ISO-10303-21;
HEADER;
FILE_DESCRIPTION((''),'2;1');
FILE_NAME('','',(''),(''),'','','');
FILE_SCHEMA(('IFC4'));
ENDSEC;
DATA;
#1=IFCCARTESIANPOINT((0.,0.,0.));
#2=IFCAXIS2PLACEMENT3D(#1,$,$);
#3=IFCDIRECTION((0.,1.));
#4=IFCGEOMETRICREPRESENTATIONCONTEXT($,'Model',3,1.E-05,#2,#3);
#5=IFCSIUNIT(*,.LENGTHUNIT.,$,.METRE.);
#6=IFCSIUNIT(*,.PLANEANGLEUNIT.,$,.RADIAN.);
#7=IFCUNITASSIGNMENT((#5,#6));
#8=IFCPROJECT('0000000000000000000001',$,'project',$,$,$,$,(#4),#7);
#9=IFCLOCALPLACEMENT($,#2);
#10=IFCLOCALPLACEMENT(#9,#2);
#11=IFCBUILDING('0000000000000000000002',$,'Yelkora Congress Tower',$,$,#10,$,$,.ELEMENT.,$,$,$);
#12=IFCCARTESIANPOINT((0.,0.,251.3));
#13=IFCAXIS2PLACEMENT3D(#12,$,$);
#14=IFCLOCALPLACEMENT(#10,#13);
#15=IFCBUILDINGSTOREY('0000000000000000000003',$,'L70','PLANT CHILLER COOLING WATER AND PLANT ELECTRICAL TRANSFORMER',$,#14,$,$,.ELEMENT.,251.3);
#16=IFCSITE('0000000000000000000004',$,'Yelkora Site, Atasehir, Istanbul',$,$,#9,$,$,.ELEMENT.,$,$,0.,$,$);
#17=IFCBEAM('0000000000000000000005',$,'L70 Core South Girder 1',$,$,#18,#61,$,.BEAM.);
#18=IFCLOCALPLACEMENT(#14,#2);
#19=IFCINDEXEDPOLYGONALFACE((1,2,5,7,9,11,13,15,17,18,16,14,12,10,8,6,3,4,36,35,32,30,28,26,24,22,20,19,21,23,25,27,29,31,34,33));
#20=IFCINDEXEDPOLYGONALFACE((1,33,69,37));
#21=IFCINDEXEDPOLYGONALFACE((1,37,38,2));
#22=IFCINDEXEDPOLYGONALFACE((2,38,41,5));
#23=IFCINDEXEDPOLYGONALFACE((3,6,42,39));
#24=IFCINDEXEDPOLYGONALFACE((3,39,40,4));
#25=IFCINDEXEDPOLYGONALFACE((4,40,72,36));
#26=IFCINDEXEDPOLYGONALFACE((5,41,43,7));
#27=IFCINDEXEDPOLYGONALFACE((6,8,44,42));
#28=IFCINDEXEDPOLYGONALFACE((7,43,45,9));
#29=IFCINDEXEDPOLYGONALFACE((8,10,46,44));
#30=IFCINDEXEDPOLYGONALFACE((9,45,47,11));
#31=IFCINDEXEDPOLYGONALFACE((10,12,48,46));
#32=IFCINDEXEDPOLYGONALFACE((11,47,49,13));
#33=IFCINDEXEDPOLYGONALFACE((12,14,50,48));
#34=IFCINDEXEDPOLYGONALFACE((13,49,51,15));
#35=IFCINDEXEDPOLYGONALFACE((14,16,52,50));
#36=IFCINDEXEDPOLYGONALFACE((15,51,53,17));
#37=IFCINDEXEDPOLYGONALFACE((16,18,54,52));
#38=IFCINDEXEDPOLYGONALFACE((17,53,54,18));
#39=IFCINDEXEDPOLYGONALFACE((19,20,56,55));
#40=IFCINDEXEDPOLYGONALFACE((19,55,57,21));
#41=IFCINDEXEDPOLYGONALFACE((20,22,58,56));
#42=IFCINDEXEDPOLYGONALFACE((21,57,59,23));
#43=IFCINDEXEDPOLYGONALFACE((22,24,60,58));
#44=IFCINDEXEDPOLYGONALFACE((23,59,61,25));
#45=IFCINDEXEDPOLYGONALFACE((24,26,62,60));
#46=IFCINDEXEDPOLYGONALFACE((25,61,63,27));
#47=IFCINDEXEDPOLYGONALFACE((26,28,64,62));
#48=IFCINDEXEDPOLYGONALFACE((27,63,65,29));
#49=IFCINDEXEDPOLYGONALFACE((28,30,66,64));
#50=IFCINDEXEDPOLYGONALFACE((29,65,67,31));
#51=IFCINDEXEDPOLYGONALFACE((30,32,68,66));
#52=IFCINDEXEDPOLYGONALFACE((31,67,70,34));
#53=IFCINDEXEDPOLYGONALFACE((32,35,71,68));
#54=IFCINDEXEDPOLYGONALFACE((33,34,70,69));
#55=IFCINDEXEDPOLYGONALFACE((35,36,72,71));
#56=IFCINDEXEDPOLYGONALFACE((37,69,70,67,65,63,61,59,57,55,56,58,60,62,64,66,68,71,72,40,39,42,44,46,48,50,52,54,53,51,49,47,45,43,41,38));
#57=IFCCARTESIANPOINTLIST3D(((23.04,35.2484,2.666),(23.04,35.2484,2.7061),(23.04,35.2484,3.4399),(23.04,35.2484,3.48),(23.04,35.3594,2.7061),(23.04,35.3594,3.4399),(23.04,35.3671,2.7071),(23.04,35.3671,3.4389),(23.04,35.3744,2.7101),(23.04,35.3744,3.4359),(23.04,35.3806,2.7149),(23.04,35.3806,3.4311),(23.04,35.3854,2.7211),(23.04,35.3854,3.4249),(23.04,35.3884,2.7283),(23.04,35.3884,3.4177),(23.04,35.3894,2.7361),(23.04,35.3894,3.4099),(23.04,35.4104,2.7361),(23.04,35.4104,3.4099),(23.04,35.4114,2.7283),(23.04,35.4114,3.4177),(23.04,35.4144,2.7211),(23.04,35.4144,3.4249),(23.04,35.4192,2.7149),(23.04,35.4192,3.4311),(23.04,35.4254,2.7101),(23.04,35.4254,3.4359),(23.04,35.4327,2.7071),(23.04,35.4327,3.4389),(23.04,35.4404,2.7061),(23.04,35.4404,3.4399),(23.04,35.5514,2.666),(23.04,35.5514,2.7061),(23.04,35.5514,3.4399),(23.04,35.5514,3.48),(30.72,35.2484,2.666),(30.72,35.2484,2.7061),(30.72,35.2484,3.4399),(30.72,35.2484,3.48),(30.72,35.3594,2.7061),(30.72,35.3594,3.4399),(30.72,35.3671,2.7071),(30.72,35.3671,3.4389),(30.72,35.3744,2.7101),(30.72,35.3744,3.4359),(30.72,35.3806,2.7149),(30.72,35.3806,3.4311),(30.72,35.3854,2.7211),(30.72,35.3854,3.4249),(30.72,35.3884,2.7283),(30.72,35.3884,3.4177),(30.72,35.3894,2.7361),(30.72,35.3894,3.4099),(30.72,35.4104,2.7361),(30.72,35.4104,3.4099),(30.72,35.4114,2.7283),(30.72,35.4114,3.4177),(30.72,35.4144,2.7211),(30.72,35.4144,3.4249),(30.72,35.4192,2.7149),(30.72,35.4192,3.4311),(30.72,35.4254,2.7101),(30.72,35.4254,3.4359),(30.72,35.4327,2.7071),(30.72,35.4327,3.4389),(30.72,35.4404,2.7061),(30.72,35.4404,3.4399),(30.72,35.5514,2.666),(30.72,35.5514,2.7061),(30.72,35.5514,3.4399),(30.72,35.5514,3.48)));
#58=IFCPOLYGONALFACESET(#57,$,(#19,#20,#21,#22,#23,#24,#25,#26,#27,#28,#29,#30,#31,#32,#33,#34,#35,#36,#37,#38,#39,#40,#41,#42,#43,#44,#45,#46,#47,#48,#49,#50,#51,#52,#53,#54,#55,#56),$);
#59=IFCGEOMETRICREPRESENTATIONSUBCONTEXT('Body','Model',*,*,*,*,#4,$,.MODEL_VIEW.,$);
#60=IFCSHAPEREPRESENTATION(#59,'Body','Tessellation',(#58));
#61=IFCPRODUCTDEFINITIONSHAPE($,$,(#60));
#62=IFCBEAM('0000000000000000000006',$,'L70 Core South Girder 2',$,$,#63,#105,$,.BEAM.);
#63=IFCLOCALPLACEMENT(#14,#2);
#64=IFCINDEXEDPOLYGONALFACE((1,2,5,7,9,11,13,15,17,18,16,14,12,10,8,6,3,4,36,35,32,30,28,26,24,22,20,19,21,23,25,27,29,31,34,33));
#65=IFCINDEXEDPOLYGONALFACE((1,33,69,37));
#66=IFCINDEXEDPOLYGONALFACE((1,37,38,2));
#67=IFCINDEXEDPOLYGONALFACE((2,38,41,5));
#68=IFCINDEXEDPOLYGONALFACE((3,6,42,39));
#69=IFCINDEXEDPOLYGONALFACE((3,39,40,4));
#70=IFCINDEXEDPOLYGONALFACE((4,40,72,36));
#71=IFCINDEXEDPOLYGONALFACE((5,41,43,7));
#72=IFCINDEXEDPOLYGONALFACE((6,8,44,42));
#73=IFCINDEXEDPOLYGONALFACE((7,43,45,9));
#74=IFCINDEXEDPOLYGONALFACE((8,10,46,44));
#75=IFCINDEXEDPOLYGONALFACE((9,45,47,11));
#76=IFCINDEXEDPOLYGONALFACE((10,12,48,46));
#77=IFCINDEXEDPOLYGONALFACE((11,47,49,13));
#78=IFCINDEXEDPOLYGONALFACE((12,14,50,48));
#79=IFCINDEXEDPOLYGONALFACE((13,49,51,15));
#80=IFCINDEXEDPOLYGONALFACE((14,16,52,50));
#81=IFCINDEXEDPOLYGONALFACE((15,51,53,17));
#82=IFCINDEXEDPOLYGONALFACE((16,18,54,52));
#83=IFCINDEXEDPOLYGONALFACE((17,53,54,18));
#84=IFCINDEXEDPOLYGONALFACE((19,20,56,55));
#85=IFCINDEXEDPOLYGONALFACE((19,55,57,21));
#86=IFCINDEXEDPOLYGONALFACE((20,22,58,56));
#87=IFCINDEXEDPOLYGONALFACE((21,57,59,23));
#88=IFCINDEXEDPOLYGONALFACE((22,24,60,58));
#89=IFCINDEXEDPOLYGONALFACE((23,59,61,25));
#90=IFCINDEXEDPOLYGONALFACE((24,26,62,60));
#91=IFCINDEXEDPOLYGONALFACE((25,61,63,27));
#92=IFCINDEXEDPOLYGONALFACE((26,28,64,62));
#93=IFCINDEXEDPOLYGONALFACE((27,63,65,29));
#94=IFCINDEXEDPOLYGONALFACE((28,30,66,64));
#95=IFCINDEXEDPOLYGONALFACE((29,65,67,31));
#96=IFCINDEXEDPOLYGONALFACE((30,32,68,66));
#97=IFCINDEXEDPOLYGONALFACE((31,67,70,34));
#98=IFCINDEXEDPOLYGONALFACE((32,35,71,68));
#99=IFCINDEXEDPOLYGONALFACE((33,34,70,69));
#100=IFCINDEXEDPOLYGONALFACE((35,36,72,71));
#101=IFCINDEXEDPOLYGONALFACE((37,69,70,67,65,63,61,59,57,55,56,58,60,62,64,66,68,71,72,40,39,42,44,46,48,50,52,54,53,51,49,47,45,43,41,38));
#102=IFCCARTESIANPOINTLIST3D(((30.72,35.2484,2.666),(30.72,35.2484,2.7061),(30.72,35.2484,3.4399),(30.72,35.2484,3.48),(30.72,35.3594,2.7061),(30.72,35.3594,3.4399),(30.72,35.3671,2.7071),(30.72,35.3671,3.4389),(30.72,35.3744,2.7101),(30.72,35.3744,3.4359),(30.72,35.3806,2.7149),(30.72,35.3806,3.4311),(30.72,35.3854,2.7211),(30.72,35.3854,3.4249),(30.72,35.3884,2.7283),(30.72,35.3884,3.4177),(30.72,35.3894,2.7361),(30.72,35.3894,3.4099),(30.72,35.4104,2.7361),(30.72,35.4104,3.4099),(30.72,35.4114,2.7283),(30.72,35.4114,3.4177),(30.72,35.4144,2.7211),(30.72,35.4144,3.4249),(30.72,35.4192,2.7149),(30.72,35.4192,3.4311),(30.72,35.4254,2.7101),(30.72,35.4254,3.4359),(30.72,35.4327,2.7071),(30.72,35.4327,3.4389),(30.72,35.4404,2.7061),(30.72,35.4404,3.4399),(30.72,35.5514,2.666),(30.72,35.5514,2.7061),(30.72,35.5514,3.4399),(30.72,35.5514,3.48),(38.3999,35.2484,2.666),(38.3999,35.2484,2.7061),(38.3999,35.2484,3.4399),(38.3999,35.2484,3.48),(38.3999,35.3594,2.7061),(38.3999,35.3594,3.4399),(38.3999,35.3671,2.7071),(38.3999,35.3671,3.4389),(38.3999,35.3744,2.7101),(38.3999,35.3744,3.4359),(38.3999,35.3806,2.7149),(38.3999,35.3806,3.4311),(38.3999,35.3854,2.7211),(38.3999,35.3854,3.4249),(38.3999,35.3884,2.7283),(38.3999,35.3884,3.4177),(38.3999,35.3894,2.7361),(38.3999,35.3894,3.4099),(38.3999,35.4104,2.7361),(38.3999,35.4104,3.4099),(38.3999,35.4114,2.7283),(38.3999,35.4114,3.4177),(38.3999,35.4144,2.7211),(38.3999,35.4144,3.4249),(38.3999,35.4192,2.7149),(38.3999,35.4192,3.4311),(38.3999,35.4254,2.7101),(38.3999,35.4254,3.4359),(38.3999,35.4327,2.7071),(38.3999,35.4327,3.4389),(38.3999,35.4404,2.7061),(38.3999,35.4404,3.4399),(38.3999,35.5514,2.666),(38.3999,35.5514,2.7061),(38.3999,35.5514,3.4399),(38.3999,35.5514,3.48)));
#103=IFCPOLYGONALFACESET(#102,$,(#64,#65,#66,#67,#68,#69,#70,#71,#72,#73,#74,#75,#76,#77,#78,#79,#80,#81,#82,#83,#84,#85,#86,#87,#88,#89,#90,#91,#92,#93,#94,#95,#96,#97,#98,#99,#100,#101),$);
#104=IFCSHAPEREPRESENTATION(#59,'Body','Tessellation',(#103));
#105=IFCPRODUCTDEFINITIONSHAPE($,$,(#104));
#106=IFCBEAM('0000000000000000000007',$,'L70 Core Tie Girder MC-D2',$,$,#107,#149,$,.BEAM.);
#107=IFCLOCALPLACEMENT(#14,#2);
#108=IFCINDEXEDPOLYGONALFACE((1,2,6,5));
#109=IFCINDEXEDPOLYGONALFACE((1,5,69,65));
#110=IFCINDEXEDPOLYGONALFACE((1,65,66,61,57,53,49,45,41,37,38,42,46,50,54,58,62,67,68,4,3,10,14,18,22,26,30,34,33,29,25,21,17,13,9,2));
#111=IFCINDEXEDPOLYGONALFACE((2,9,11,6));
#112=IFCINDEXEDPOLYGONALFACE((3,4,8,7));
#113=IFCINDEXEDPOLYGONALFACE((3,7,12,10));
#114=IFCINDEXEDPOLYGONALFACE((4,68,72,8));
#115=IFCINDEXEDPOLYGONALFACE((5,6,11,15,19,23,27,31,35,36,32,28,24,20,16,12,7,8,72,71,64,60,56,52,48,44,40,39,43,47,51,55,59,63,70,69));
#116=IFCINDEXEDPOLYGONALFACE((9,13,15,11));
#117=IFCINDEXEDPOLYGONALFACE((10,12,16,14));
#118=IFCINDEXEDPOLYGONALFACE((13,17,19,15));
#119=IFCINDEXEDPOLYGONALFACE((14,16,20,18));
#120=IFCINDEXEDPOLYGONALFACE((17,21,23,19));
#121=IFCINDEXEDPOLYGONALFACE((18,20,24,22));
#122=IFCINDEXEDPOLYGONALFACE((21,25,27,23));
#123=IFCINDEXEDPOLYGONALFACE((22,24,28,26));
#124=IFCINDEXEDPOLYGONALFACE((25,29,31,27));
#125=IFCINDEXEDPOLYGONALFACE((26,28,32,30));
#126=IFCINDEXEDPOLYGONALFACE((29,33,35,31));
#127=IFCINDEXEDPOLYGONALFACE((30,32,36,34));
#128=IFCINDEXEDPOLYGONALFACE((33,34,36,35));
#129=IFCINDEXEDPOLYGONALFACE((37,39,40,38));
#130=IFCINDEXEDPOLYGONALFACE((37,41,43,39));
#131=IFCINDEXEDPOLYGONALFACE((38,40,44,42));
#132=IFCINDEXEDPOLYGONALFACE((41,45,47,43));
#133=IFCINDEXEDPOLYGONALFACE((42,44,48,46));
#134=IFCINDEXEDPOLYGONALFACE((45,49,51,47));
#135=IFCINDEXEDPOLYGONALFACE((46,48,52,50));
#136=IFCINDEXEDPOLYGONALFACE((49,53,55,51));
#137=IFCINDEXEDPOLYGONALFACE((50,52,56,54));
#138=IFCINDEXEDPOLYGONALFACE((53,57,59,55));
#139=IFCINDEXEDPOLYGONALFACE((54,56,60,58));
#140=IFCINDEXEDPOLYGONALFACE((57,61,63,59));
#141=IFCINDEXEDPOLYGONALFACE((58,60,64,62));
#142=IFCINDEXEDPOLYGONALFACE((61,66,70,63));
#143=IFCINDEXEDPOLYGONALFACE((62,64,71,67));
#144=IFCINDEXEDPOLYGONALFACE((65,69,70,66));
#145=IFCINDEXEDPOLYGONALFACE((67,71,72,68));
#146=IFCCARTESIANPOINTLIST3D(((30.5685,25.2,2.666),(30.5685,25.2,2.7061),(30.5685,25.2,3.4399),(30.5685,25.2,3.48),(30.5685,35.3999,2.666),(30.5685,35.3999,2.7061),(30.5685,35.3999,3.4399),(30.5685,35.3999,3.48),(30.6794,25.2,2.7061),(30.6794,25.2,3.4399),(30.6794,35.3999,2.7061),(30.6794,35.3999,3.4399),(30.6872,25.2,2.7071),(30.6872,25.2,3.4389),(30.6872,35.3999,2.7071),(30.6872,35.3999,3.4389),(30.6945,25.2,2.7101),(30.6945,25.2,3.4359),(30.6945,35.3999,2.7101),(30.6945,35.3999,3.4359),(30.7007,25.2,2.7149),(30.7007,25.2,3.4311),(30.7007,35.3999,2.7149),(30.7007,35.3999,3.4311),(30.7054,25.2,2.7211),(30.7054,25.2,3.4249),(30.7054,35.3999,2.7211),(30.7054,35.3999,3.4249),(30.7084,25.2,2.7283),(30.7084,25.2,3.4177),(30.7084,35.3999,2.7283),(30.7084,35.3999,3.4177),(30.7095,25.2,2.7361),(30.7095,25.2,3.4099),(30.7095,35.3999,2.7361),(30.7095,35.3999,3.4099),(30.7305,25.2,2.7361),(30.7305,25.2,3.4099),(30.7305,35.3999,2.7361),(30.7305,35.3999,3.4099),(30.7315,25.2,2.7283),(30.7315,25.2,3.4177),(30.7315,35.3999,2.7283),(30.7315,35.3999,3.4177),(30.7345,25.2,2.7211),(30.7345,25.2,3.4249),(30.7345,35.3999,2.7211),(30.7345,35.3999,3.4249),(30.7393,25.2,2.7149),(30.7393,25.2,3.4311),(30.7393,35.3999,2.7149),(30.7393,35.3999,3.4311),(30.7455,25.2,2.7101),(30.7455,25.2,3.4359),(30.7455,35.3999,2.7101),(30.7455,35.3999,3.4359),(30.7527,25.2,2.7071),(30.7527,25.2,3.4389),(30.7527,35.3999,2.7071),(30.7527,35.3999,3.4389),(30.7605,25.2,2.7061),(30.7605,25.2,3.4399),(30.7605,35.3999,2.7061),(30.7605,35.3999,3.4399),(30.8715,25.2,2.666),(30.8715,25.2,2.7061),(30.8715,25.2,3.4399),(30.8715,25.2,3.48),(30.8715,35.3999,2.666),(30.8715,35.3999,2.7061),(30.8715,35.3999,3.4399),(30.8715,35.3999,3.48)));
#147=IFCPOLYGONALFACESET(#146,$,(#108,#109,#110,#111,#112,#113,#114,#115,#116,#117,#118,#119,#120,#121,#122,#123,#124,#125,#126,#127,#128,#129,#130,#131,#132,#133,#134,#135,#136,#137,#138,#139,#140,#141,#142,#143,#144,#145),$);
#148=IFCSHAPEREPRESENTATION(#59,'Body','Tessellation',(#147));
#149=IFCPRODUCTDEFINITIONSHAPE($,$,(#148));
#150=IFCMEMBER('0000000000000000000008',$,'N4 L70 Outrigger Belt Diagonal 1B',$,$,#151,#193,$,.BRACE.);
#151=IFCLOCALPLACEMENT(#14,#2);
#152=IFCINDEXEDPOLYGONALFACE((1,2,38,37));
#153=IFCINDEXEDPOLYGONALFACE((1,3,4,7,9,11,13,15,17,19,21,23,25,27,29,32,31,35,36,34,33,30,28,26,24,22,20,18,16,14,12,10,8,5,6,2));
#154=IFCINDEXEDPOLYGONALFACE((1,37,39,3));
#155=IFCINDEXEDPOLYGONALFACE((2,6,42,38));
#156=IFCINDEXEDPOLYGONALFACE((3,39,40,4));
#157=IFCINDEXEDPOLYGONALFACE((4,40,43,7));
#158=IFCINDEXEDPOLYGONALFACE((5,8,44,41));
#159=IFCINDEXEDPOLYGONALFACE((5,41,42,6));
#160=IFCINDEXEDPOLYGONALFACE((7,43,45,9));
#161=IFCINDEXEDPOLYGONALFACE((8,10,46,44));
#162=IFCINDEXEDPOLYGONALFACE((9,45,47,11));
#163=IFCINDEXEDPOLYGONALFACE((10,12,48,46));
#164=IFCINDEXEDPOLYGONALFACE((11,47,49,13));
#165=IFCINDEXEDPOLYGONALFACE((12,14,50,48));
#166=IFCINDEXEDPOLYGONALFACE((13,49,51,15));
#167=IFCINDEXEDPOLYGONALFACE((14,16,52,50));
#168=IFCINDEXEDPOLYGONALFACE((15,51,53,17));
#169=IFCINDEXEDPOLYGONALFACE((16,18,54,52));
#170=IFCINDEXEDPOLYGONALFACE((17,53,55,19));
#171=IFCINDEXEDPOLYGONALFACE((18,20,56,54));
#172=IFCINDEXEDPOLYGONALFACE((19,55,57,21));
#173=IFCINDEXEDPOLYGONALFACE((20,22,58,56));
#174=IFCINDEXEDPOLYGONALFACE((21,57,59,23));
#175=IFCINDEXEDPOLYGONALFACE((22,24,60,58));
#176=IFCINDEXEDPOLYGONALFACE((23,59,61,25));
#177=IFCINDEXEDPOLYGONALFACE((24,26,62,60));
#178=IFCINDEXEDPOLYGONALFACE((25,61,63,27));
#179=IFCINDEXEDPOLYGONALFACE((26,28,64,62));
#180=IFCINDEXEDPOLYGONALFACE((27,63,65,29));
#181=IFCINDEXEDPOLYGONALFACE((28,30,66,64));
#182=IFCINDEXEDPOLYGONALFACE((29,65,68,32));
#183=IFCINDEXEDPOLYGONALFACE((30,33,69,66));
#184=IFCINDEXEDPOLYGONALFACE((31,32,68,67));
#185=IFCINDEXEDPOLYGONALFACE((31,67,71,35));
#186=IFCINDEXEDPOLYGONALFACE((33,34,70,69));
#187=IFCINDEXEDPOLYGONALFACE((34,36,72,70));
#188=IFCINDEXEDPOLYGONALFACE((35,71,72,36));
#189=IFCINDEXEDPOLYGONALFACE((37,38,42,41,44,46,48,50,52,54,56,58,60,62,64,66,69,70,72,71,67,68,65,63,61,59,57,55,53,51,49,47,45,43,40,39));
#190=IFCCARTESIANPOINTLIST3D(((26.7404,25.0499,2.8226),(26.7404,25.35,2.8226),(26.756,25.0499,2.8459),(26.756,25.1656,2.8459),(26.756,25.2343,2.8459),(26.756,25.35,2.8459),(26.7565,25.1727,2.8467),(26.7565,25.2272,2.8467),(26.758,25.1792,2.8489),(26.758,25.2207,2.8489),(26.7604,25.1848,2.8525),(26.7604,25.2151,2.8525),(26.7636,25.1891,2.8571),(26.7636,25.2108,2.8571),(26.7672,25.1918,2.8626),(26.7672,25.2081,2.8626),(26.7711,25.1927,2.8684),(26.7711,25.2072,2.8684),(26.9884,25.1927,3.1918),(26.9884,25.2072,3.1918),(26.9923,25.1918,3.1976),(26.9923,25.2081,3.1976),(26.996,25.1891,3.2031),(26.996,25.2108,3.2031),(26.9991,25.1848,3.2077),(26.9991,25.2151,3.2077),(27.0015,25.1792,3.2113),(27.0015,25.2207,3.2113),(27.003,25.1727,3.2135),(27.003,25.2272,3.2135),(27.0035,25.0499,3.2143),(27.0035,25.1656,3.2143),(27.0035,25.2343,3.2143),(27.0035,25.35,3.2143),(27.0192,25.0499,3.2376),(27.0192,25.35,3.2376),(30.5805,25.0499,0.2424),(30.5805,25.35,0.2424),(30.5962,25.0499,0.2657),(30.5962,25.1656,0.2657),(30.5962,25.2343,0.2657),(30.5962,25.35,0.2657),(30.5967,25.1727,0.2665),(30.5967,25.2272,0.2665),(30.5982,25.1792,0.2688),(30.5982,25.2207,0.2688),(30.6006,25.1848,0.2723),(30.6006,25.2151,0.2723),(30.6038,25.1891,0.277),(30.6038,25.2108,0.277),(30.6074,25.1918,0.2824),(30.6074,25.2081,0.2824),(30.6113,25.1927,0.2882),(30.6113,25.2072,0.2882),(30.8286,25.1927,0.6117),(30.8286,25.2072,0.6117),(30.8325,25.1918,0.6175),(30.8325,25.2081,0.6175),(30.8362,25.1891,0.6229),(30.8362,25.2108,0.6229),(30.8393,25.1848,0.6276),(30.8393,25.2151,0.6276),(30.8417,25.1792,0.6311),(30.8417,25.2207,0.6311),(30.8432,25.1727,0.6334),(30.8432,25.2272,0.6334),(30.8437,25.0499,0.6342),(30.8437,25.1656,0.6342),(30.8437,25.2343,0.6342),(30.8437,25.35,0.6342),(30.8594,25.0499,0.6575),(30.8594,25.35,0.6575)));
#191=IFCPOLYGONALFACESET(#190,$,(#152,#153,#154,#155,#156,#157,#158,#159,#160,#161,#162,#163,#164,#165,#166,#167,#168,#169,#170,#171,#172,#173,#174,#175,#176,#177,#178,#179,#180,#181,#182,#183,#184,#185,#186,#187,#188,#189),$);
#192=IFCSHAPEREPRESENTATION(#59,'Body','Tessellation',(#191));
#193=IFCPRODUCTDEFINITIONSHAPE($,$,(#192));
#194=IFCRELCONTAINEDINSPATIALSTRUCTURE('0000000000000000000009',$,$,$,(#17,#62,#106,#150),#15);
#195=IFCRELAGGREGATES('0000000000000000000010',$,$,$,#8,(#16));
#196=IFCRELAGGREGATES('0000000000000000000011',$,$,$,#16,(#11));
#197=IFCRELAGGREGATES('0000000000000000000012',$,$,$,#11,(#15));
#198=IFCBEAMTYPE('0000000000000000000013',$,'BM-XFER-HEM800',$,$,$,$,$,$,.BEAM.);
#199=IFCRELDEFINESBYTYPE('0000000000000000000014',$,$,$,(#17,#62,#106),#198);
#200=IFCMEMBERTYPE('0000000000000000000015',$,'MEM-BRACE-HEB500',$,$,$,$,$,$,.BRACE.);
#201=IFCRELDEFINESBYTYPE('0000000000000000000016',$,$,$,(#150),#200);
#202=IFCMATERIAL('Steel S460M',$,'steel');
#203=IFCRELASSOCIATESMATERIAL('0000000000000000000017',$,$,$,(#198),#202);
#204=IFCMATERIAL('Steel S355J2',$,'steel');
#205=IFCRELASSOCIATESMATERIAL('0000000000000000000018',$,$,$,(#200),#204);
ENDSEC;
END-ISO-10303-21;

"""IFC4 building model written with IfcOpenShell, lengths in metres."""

from ifc_helpers import new_model, si_unit, direction, frame, origin, origin_2d, place, context, subcontext, project, spatial, i_section, extrude, material, material_profile, profile_set, type_object, element, save


model = new_model("IFC4")

# Units and contexts
model_context = context("Model", 3, precision=1e-05, world=origin(), true_north=direction((0.0, 1.0)))
body_context = subcontext(model_context, "Body", "Model", "MODEL_VIEW")
ifc_project = project(units=[si_unit("LENGTHUNIT", "METRE"), si_unit("PLANEANGLEUNIT", "RADIAN")], contexts=[model_context])

# Site, building, storey
site_placement = place(None, origin())
site = spatial("IfcSite", under=ifc_project, at=site_placement, Name="Yelkora Site, Atasehir, Istanbul", CompositionType="ELEMENT", RefElevation=0.0)
building_placement = place(site_placement, origin())
building = spatial("IfcBuilding", under=site, at=building_placement, Name="Yelkora Congress Tower", CompositionType="ELEMENT")
storey_placement = place(building_placement, frame((0.0, 0.0, 251.3)))
storey = spatial("IfcBuildingStorey", under=building, at=storey_placement, Name="L70", Description="PLANT CHILLER COOLING WATER AND PLANT ELECTRICAL TRANSFORMER", CompositionType="ELEMENT", Elevation=251.3)

# Shared definitions
ifc_material_1 = material(Name="Steel S460M", Category="steel")

# Beams
ifc_material_profile_1 = material_profile(ifc_material_1, i_section(OverallWidth=0.303, OverallDepth=0.814, WebThickness=0.021, FlangeThickness=0.04, FilletRadius=0.03, at=origin_2d()), Name="HEM 800")
ifc_profile_set_1 = profile_set([ifc_material_profile_1], Name="Steel S460M")
beam_type = type_object("IfcBeamType", Name="BM-XFER-HEM800", PredefinedType="BEAM", material=ifc_profile_set_1)
for number, where, z_axis, x_axis, name in (
    (1, (23.04, 35.3999, 3.073), (1.0, 0.0, 0.0), (0.0, 1.0, 0.0), "L70 Core South Girder 1"),
    (2, (30.72, 35.3999, 3.073), (1.0, 0.0, 0.0), (0.0, 1.0, 0.0), "L70 Core South Girder 2"),
):
    element("IfcBeam", number, at=place(storey_placement, frame(where, z_axis=z_axis, x_axis=x_axis)), inside=storey, type_object=beam_type, Name=name, PredefinedType="BEAM", context=body_context, shape_type="SweptSolid", body=[
        extrude(i_section(OverallWidth=0.303, OverallDepth=0.814, WebThickness=0.021, FlangeThickness=0.04, FilletRadius=0.03, at=origin_2d()), origin(), (0.0, 0.0, 1.0), 7.6799),
    ])
beam_placement = place(storey_placement, frame((30.72, 25.2, 3.073), z_axis=(0.0, 1.0, 0.0), x_axis=(-1.0, 0.0, 0.0)))
element("IfcBeam", 3, at=beam_placement, inside=storey, type_object=beam_type, Name="L70 Core Tie Girder MC-D2", PredefinedType="BEAM", context=body_context, shape_type="SweptSolid", body=[
    extrude(i_section(OverallWidth=0.303, OverallDepth=0.814, WebThickness=0.021, FlangeThickness=0.04, FilletRadius=0.03, at=origin_2d()), origin(), (0.0, 0.0, 1.0), 10.2),
])

# Member
ifc_material_2 = material(Name="Steel S355J2", Category="steel")
ifc_material_profile_2 = material_profile(ifc_material_2, i_section(OverallWidth=0.3, OverallDepth=0.5, WebThickness=0.0144, FlangeThickness=0.0281, FilletRadius=0.0271, at=origin_2d()), Name="HEB 500")
ifc_profile_set_2 = profile_set([ifc_material_profile_2], Name="Steel S355J2")
member_type_1 = type_object("IfcMemberType", Name="MEM-BRACE-HEB500", PredefinedType="BRACE", material=ifc_profile_set_2)
for number, where, z_axis, x_axis, name in (
    (4, (30.72, 25.2, 0.45), (-0.830048, 0.0, 0.557692), (0.0, -1.0, 0.0), "N4 L70 Outrigger Belt Diagonal 1B"),
):
    element("IfcMember", number, at=place(storey_placement, frame(where, z_axis=z_axis, x_axis=x_axis)), inside=storey, type_object=member_type_1, Name=name, PredefinedType="BRACE", context=body_context, shape_type="SweptSolid", body=[
        extrude(i_section(OverallWidth=0.3, OverallDepth=0.5, WebThickness=0.0144, FlangeThickness=0.0281, FilletRadius=0.0271, at=origin_2d()), origin(), (0.0, 0.0, 1.0), 4.6265),
    ])

save(model, "model.ifc")
